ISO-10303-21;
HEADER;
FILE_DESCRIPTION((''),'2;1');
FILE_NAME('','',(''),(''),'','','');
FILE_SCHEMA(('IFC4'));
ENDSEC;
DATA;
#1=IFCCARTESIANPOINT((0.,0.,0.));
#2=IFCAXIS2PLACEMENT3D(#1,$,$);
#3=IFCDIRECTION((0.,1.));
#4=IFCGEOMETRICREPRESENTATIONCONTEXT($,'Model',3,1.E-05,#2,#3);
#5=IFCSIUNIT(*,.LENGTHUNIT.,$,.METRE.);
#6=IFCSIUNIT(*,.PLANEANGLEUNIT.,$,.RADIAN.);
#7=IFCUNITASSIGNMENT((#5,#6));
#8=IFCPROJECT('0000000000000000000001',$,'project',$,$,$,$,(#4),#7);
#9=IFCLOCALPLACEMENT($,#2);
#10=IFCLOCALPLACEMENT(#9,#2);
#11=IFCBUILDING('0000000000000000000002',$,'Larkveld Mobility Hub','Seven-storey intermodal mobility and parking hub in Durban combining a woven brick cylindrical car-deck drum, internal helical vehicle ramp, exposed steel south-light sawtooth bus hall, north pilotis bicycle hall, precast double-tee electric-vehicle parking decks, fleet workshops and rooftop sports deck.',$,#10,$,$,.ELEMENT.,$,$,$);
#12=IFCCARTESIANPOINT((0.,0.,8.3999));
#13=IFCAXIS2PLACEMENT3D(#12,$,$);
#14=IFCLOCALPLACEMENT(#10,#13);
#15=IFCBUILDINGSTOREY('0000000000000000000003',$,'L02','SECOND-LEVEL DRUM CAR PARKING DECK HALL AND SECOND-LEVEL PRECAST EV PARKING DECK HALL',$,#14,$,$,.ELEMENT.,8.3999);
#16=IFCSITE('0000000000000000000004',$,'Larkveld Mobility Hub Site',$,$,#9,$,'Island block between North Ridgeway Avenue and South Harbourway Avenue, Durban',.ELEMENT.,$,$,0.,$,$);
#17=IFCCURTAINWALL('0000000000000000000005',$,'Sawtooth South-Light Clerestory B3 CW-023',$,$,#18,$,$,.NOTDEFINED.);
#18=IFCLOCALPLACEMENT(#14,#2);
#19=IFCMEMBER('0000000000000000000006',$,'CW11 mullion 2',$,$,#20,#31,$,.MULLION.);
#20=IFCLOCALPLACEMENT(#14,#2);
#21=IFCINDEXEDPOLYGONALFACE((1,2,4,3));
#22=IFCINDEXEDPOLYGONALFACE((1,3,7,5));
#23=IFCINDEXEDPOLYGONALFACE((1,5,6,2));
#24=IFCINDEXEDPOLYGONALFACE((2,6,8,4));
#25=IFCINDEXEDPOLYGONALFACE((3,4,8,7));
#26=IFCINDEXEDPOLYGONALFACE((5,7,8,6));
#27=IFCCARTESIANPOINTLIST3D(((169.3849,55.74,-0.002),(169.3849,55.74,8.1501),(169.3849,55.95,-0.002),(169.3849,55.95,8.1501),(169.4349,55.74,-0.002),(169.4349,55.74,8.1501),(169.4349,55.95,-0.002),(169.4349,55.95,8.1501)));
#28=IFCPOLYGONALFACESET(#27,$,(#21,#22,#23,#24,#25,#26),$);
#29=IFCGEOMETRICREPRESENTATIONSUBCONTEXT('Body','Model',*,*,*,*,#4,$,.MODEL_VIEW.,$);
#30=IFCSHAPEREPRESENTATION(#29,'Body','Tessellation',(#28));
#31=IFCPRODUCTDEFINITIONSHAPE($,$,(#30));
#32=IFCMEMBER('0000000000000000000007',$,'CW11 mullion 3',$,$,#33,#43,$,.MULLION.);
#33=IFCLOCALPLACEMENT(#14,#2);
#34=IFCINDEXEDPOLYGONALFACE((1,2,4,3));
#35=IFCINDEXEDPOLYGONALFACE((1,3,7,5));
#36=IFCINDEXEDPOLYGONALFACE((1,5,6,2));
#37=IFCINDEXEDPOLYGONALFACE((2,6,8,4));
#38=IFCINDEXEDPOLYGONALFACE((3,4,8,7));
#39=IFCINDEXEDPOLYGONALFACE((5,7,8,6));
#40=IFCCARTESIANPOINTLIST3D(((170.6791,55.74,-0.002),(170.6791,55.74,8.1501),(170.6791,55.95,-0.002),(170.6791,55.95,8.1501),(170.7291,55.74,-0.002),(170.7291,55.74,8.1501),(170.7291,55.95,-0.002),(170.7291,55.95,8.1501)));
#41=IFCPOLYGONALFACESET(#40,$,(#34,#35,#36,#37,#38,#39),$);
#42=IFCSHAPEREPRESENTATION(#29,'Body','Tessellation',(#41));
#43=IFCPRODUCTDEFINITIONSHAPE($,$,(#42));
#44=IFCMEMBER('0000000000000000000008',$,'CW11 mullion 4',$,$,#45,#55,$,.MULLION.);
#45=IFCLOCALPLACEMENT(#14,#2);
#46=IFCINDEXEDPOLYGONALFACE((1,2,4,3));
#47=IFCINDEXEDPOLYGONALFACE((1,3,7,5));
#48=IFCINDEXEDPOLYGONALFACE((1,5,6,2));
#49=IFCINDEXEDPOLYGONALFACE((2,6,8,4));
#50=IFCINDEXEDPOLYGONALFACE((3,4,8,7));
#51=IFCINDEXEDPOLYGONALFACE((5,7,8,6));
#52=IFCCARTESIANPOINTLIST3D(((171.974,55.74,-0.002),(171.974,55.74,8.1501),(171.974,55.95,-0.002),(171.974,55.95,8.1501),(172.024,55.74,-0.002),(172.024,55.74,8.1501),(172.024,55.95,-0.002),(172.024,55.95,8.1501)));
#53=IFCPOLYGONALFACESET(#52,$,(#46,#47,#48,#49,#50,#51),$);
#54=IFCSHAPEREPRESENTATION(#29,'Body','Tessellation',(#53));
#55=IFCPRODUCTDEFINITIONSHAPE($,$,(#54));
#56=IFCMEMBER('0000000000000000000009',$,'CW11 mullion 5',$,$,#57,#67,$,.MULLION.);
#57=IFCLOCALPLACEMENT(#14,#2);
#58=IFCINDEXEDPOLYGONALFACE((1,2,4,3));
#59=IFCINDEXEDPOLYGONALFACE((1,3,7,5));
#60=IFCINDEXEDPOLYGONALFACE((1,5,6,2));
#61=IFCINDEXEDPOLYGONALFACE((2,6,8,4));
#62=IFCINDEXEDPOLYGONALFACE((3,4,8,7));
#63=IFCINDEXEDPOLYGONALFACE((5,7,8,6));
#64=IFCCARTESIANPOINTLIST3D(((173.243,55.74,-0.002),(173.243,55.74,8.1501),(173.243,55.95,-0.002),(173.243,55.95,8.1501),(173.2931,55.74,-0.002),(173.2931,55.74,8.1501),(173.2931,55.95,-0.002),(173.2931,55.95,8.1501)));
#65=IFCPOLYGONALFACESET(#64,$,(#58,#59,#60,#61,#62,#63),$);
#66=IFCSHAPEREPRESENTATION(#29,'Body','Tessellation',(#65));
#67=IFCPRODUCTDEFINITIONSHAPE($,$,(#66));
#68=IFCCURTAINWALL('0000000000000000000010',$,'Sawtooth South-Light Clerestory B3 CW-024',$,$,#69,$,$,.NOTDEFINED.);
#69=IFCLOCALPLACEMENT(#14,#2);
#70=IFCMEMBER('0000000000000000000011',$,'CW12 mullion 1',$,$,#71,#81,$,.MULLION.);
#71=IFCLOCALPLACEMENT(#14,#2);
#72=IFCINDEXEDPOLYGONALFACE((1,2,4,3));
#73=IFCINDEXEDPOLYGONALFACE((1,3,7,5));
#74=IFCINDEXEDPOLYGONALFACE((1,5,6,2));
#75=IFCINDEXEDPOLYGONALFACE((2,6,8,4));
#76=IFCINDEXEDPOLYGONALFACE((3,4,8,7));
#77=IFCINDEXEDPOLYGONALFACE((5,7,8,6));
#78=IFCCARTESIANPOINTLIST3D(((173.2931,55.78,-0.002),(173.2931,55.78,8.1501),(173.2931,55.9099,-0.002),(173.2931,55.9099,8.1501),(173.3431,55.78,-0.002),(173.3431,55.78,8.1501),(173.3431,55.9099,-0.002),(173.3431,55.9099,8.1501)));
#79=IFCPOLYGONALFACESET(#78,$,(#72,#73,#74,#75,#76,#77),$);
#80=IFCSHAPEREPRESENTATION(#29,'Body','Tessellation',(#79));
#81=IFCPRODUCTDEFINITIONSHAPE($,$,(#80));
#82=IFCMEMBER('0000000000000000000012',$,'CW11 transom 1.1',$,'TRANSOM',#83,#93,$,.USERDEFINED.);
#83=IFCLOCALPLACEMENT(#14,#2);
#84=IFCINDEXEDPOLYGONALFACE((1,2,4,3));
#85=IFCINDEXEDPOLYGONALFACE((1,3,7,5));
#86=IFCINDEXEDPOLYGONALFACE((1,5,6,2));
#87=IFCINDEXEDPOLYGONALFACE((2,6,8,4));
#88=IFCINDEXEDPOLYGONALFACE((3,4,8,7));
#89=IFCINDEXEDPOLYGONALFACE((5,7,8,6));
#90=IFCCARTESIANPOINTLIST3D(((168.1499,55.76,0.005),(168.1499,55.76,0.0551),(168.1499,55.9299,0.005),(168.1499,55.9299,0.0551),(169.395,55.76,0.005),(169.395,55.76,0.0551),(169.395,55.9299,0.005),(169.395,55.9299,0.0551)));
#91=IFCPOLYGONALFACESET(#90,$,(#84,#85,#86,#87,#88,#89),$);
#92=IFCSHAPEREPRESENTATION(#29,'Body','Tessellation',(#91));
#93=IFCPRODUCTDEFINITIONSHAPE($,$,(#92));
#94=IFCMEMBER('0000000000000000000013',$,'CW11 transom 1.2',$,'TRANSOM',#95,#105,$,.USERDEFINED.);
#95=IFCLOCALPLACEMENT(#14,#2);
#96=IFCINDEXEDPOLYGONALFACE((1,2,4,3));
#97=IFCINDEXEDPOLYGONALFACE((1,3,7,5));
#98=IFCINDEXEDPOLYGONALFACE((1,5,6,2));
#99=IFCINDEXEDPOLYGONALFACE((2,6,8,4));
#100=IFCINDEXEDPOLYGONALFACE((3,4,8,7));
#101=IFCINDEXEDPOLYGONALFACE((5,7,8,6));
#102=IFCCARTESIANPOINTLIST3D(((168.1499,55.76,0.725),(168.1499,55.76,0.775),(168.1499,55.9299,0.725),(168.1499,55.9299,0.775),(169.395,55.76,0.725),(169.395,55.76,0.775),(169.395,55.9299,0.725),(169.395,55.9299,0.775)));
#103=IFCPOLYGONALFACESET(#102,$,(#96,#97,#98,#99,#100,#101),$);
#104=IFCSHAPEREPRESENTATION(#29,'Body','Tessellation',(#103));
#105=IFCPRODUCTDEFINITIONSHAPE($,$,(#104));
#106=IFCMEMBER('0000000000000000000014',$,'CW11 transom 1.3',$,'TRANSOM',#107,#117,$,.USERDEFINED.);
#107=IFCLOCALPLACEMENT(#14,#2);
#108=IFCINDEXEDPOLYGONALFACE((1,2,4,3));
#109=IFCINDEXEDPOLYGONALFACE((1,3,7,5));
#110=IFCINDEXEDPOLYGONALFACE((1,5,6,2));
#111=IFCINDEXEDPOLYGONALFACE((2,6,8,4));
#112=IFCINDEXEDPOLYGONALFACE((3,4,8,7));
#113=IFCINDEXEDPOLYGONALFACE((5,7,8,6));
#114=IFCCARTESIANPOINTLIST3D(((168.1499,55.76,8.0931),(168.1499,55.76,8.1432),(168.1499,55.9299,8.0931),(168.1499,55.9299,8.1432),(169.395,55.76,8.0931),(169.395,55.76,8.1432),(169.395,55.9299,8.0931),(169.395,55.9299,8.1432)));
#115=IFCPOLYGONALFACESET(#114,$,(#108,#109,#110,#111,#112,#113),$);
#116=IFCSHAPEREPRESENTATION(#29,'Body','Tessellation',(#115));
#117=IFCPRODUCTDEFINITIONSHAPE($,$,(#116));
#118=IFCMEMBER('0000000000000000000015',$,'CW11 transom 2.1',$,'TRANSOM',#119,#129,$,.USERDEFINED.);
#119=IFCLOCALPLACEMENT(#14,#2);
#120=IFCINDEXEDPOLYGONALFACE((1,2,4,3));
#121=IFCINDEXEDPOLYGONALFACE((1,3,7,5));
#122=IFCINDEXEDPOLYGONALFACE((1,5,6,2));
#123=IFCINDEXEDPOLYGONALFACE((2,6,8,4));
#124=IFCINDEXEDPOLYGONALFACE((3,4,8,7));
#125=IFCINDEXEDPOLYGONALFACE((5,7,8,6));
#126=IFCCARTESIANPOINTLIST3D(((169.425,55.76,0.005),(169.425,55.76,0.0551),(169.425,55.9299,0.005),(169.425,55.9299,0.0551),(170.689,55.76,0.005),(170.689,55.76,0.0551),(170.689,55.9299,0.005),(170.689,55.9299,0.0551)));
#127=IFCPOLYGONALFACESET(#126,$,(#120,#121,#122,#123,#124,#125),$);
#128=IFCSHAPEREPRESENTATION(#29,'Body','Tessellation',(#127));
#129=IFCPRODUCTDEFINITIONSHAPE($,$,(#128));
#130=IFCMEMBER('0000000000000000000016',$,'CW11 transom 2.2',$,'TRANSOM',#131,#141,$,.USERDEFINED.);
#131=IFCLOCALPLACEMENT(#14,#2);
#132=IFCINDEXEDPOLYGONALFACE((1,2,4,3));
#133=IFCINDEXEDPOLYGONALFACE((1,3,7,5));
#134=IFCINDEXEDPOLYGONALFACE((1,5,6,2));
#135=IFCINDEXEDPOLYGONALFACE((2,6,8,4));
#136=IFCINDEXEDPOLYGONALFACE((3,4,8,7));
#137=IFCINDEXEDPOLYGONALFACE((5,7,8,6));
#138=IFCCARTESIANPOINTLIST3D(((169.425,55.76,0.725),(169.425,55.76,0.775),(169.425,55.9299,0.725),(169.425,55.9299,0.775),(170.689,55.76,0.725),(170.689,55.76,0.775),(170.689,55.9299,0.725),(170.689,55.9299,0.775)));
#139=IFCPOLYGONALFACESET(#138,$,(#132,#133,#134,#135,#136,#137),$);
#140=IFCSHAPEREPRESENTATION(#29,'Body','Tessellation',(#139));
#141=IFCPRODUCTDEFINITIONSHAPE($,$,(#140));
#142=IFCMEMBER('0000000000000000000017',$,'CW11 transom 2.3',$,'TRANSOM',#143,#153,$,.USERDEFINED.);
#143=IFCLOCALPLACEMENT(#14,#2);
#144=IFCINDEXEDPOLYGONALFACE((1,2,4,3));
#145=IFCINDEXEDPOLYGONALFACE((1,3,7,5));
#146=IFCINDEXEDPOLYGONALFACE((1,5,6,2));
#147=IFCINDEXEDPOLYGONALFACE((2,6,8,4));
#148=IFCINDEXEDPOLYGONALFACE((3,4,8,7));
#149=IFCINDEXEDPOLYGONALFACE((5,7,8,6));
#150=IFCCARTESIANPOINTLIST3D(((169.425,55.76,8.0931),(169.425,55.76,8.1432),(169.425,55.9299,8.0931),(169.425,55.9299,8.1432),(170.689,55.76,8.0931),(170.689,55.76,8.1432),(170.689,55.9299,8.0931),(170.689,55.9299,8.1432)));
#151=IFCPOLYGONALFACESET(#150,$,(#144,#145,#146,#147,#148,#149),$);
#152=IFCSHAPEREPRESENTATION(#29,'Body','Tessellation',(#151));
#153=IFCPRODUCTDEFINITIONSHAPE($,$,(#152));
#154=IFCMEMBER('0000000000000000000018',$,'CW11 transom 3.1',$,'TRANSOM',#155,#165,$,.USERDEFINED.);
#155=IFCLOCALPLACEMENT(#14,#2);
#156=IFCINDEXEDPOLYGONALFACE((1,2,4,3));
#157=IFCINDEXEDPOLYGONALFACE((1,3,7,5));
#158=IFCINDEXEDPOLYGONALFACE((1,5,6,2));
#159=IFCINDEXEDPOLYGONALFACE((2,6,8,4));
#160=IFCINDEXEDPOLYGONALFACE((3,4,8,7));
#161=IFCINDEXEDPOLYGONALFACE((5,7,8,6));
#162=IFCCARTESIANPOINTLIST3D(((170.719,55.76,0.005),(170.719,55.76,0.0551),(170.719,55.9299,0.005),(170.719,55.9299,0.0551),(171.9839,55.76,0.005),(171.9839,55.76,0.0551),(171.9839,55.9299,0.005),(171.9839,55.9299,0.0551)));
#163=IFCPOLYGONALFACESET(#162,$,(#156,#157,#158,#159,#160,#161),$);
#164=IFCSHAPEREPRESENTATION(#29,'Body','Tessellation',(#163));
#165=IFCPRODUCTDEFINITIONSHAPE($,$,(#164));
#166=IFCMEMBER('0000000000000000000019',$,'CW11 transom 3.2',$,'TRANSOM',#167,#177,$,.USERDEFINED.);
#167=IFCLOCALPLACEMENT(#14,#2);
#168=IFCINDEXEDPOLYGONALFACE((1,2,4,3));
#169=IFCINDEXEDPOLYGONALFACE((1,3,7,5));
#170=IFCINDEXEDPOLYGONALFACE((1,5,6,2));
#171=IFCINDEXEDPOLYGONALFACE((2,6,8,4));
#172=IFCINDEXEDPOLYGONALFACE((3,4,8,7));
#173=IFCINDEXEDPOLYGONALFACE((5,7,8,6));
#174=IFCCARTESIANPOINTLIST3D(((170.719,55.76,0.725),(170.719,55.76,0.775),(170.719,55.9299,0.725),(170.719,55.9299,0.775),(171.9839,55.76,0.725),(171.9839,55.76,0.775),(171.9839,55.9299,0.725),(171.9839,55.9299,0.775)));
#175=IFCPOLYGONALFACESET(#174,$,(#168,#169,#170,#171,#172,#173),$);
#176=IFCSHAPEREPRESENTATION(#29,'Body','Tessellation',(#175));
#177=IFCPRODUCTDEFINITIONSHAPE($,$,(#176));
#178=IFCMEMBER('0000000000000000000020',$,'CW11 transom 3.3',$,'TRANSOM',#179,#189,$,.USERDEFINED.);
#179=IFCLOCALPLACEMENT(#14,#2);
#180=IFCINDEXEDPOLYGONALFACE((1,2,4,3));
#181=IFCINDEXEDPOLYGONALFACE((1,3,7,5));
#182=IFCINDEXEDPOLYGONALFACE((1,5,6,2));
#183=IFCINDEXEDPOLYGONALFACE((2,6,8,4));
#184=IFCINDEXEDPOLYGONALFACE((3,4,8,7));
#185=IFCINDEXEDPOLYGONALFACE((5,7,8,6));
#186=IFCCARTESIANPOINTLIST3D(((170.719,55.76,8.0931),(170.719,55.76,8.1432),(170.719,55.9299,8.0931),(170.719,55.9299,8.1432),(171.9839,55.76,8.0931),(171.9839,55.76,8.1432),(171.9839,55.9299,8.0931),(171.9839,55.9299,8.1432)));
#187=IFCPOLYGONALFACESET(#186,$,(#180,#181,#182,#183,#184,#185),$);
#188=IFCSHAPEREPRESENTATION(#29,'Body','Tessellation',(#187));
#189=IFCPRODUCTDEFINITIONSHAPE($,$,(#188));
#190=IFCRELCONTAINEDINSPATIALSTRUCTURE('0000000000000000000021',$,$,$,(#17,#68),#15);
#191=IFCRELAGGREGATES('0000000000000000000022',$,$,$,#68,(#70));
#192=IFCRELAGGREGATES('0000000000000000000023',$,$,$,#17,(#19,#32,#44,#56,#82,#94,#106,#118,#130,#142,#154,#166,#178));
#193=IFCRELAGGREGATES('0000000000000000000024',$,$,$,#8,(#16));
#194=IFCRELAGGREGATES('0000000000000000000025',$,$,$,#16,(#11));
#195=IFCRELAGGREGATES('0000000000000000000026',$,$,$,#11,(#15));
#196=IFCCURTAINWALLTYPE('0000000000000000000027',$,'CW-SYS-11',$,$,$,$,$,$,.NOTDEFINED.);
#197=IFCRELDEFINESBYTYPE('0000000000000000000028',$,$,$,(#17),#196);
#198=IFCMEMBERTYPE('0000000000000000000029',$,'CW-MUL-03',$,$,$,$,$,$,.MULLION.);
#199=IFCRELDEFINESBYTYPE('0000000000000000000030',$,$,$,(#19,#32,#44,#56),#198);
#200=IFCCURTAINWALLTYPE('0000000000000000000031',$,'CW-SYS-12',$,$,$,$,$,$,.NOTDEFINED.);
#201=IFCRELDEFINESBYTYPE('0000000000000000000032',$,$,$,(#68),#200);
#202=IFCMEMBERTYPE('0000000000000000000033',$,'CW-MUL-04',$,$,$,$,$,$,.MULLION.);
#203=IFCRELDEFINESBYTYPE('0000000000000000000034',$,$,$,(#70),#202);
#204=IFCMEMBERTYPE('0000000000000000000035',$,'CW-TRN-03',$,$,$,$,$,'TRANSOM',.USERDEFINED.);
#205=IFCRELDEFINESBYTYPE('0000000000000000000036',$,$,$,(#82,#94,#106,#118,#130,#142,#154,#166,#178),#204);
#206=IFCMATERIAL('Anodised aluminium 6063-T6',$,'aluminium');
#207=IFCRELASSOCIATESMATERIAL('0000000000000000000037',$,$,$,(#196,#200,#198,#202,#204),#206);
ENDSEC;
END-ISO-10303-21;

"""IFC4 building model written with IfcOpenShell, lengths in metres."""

from ifc_helpers import new_model, si_unit, direction, frame, origin, origin_2d, place, context, subcontext, project, spatial, rectangle, extrude, material, material_profile, profile_set, type_object, element, aggregate, save


model = new_model("IFC4")

# Units and contexts
model_context = context("Model", 3, precision=1e-05, world=origin(), true_north=direction((0.0, 1.0)))
body_context = subcontext(model_context, "Body", "Model", "MODEL_VIEW")
ifc_project = project(units=[si_unit("LENGTHUNIT", "METRE"), si_unit("PLANEANGLEUNIT", "RADIAN")], contexts=[model_context])

# Site, building, storey
site_placement = place(None, origin())
site = spatial("IfcSite", under=ifc_project, at=site_placement, Name="Larkveld Mobility Hub Site", LongName="Island block between North Ridgeway Avenue and South Harbourway Avenue, Durban", CompositionType="ELEMENT", RefElevation=0.0)
building_placement = place(site_placement, origin())
building = spatial("IfcBuilding", under=site, at=building_placement, Name="Larkveld Mobility Hub", Description="Seven-storey intermodal mobility and parking hub in Durban combining a woven brick cylindrical car-deck drum, internal helical vehicle ramp, exposed steel south-light sawtooth bus hall, north pilotis bicycle hall, precast double-tee electric-vehicle parking decks, fleet workshops and rooftop sports deck.", CompositionType="ELEMENT")
storey_placement = place(building_placement, frame((0.0, 0.0, 8.3999)))
storey = spatial("IfcBuildingStorey", under=building, at=storey_placement, Name="L02", Description="SECOND-LEVEL DRUM CAR PARKING DECK HALL AND SECOND-LEVEL PRECAST EV PARKING DECK HALL", CompositionType="ELEMENT", Elevation=8.3999)

# Curtain wall, members
ifc_material_1 = material(Name="Anodised aluminium 6063-T6", Category="aluminium")
curtain_wall_type_1 = type_object("IfcCurtainWallType", Name="CW-SYS-11", PredefinedType="NOTDEFINED", material=ifc_material_1)
curtain_wall_1_placement = place(storey_placement, origin())
curtain_wall_1 = element("IfcCurtainWall", 1, at=curtain_wall_1_placement, inside=storey, type_object=curtain_wall_type_1, Name="Sawtooth South-Light Clerestory B3 CW-023", PredefinedType="NOTDEFINED")
ifc_material_profile_1 = material_profile(ifc_material_1, rectangle(XDim=0.05, YDim=0.21, at=origin_2d()), Name="ALU MULL 50x210")
ifc_profile_set_1 = profile_set([ifc_material_profile_1], Name="Anodised aluminium 6063-T6")
member_type_1 = type_object("IfcMemberType", Name="CW-MUL-03", PredefinedType="MULLION", material=ifc_profile_set_1)
member_1_placement = place(storey_placement, frame((169.4099, 55.845, -0.002), z_axis=(0.0, 0.0, 1.0), x_axis=(1.0, 0.0, 0.0)))
member_1 = element("IfcMember", 2, at=member_1_placement, type_object=member_type_1, Name="CW11 mullion 2", PredefinedType="MULLION", context=body_context, shape_type="SweptSolid", body=[
    extrude(rectangle(XDim=0.05, YDim=0.21, at=origin_2d()), origin(), (0.0, 0.0, 1.0), 8.1521),
])
member_2_placement = place(storey_placement, frame((170.7041, 55.845, -0.002), z_axis=(0.0, 0.0, 1.0), x_axis=(1.0, 0.0, 0.0)))
member_2 = element("IfcMember", 3, at=member_2_placement, type_object=member_type_1, Name="CW11 mullion 3", PredefinedType="MULLION", context=body_context, shape_type="SweptSolid", body=[
    extrude(rectangle(XDim=0.05, YDim=0.21, at=origin_2d()), origin(), (0.0, 0.0, 1.0), 8.1521),
])
member_3_placement = place(storey_placement, frame((171.999, 55.845, -0.002), z_axis=(0.0, 0.0, 1.0), x_axis=(1.0, 0.0, 0.0)))
member_3 = element("IfcMember", 4, at=member_3_placement, type_object=member_type_1, Name="CW11 mullion 4", PredefinedType="MULLION", context=body_context, shape_type="SweptSolid", body=[
    extrude(rectangle(XDim=0.05, YDim=0.21, at=origin_2d()), origin(), (0.0, 0.0, 1.0), 8.1521),
])
member_4_placement = place(storey_placement, frame((173.2681, 55.845, -0.002), z_axis=(0.0, 0.0, 1.0), x_axis=(1.0, 0.0, 0.0)))
member_4 = element("IfcMember", 5, at=member_4_placement, type_object=member_type_1, Name="CW11 mullion 5", PredefinedType="MULLION", context=body_context, shape_type="SweptSolid", body=[
    extrude(rectangle(XDim=0.05, YDim=0.21, at=origin_2d()), origin(), (0.0, 0.0, 1.0), 8.1521),
])

# Curtain wall, member
curtain_wall_type_2 = type_object("IfcCurtainWallType", Name="CW-SYS-12", PredefinedType="NOTDEFINED", material=ifc_material_1)
curtain_wall_2_placement = place(storey_placement, origin())
curtain_wall_2 = element("IfcCurtainWall", 6, at=curtain_wall_2_placement, inside=storey, type_object=curtain_wall_type_2, Name="Sawtooth South-Light Clerestory B3 CW-024", PredefinedType="NOTDEFINED")
ifc_material_profile_2 = material_profile(ifc_material_1, rectangle(XDim=0.05, YDim=0.1299, at=origin_2d()), Name="ALU MULL 50x130")
ifc_profile_set_2 = profile_set([ifc_material_profile_2], Name="Anodised aluminium 6063-T6")
member_type_2 = type_object("IfcMemberType", Name="CW-MUL-04", PredefinedType="MULLION", material=ifc_profile_set_2)
member_5_placement = place(storey_placement, frame((173.3181, 55.845, -0.002), z_axis=(0.0, 0.0, 1.0), x_axis=(1.0, 0.0, 0.0)))
member_5 = element("IfcMember", 7, at=member_5_placement, type_object=member_type_2, Name="CW12 mullion 1", PredefinedType="MULLION", context=body_context, shape_type="SweptSolid", body=[
    extrude(rectangle(XDim=0.05, YDim=0.1299, at=origin_2d()), origin(), (0.0, 0.0, 1.0), 8.1521),
])

# Members
ifc_material_profile_3 = material_profile(ifc_material_1, rectangle(XDim=0.1699, YDim=0.05, at=origin_2d()), Name="ALU TRAN 50x170")
ifc_profile_set_3 = profile_set([ifc_material_profile_3], Name="Anodised aluminium 6063-T6")
member_type_3 = type_object("IfcMemberType", Name="CW-TRN-03", ElementType="TRANSOM", PredefinedType="USERDEFINED", material=ifc_profile_set_3)
member_6_placement = place(storey_placement, frame((168.1499, 55.845, 0.03), z_axis=(1.0, 0.0, 0.0), x_axis=(0.0, 1.0, 0.0)))
member_6 = element("IfcMember", 8, at=member_6_placement, type_object=member_type_3, Name="CW11 transom 1.1", ObjectType="TRANSOM", PredefinedType="USERDEFINED", context=body_context, shape_type="SweptSolid", body=[
    extrude(rectangle(XDim=0.1699, YDim=0.05, at=origin_2d()), origin(), (0.0, 0.0, 1.0), 1.2451),
])
member_7_placement = place(storey_placement, frame((168.1499, 55.845, 0.75), z_axis=(1.0, 0.0, 0.0), x_axis=(0.0, 1.0, 0.0)))
member_7 = element("IfcMember", 9, at=member_7_placement, type_object=member_type_3, Name="CW11 transom 1.2", ObjectType="TRANSOM", PredefinedType="USERDEFINED", context=body_context, shape_type="SweptSolid", body=[
    extrude(rectangle(XDim=0.1699, YDim=0.05, at=origin_2d()), origin(), (0.0, 0.0, 1.0), 1.2451),
])
member_8_placement = place(storey_placement, frame((168.1499, 55.845, 8.1182), z_axis=(1.0, 0.0, 0.0), x_axis=(0.0, 1.0, 0.0)))
member_8 = element("IfcMember", 10, at=member_8_placement, type_object=member_type_3, Name="CW11 transom 1.3", ObjectType="TRANSOM", PredefinedType="USERDEFINED", context=body_context, shape_type="SweptSolid", body=[
    extrude(rectangle(XDim=0.1699, YDim=0.05, at=origin_2d()), origin(), (0.0, 0.0, 1.0), 1.2451),
])
member_9_placement = place(storey_placement, frame((169.425, 55.845, 0.03), z_axis=(1.0, 0.0, 0.0), x_axis=(0.0, 1.0, 0.0)))
member_9 = element("IfcMember", 11, at=member_9_placement, type_object=member_type_3, Name="CW11 transom 2.1", ObjectType="TRANSOM", PredefinedType="USERDEFINED", context=body_context, shape_type="SweptSolid", body=[
    extrude(rectangle(XDim=0.1699, YDim=0.05, at=origin_2d()), origin(), (0.0, 0.0, 1.0), 1.2639),
])
member_10_placement = place(storey_placement, frame((169.425, 55.845, 0.75), z_axis=(1.0, 0.0, 0.0), x_axis=(0.0, 1.0, 0.0)))
member_10 = element("IfcMember", 12, at=member_10_placement, type_object=member_type_3, Name="CW11 transom 2.2", ObjectType="TRANSOM", PredefinedType="USERDEFINED", context=body_context, shape_type="SweptSolid", body=[
    extrude(rectangle(XDim=0.1699, YDim=0.05, at=origin_2d()), origin(), (0.0, 0.0, 1.0), 1.2639),
])
member_11_placement = place(storey_placement, frame((169.425, 55.845, 8.1182), z_axis=(1.0, 0.0, 0.0), x_axis=(0.0, 1.0, 0.0)))
member_11 = element("IfcMember", 13, at=member_11_placement, type_object=member_type_3, Name="CW11 transom 2.3", ObjectType="TRANSOM", PredefinedType="USERDEFINED", context=body_context, shape_type="SweptSolid", body=[
    extrude(rectangle(XDim=0.1699, YDim=0.05, at=origin_2d()), origin(), (0.0, 0.0, 1.0), 1.2639),
])
member_12_placement = place(storey_placement, frame((170.719, 55.845, 0.03), z_axis=(1.0, 0.0, 0.0), x_axis=(0.0, 1.0, 0.0)))
member_12 = element("IfcMember", 14, at=member_12_placement, type_object=member_type_3, Name="CW11 transom 3.1", ObjectType="TRANSOM", PredefinedType="USERDEFINED", context=body_context, shape_type="SweptSolid", body=[
    extrude(rectangle(XDim=0.1699, YDim=0.05, at=origin_2d()), origin(), (0.0, 0.0, 1.0), 1.2649),
])
member_13_placement = place(storey_placement, frame((170.719, 55.845, 0.75), z_axis=(1.0, 0.0, 0.0), x_axis=(0.0, 1.0, 0.0)))
member_13 = element("IfcMember", 15, at=member_13_placement, type_object=member_type_3, Name="CW11 transom 3.2", ObjectType="TRANSOM", PredefinedType="USERDEFINED", context=body_context, shape_type="SweptSolid", body=[
    extrude(rectangle(XDim=0.1699, YDim=0.05, at=origin_2d()), origin(), (0.0, 0.0, 1.0), 1.2649),
])
member_14_placement = place(storey_placement, frame((170.719, 55.845, 8.1182), z_axis=(1.0, 0.0, 0.0), x_axis=(0.0, 1.0, 0.0)))
member_14 = element("IfcMember", 16, at=member_14_placement, type_object=member_type_3, Name="CW11 transom 3.3", ObjectType="TRANSOM", PredefinedType="USERDEFINED", context=body_context, shape_type="SweptSolid", body=[
    extrude(rectangle(XDim=0.1699, YDim=0.05, at=origin_2d()), origin(), (0.0, 0.0, 1.0), 1.2649),
])
aggregate(curtain_wall_2, [member_5])

aggregate(curtain_wall_1, [member_1, member_2, member_3, member_4, member_6, member_7, member_8, member_9, member_10, member_11, member_12, member_13, member_14])

save(model, "model.ifc")
